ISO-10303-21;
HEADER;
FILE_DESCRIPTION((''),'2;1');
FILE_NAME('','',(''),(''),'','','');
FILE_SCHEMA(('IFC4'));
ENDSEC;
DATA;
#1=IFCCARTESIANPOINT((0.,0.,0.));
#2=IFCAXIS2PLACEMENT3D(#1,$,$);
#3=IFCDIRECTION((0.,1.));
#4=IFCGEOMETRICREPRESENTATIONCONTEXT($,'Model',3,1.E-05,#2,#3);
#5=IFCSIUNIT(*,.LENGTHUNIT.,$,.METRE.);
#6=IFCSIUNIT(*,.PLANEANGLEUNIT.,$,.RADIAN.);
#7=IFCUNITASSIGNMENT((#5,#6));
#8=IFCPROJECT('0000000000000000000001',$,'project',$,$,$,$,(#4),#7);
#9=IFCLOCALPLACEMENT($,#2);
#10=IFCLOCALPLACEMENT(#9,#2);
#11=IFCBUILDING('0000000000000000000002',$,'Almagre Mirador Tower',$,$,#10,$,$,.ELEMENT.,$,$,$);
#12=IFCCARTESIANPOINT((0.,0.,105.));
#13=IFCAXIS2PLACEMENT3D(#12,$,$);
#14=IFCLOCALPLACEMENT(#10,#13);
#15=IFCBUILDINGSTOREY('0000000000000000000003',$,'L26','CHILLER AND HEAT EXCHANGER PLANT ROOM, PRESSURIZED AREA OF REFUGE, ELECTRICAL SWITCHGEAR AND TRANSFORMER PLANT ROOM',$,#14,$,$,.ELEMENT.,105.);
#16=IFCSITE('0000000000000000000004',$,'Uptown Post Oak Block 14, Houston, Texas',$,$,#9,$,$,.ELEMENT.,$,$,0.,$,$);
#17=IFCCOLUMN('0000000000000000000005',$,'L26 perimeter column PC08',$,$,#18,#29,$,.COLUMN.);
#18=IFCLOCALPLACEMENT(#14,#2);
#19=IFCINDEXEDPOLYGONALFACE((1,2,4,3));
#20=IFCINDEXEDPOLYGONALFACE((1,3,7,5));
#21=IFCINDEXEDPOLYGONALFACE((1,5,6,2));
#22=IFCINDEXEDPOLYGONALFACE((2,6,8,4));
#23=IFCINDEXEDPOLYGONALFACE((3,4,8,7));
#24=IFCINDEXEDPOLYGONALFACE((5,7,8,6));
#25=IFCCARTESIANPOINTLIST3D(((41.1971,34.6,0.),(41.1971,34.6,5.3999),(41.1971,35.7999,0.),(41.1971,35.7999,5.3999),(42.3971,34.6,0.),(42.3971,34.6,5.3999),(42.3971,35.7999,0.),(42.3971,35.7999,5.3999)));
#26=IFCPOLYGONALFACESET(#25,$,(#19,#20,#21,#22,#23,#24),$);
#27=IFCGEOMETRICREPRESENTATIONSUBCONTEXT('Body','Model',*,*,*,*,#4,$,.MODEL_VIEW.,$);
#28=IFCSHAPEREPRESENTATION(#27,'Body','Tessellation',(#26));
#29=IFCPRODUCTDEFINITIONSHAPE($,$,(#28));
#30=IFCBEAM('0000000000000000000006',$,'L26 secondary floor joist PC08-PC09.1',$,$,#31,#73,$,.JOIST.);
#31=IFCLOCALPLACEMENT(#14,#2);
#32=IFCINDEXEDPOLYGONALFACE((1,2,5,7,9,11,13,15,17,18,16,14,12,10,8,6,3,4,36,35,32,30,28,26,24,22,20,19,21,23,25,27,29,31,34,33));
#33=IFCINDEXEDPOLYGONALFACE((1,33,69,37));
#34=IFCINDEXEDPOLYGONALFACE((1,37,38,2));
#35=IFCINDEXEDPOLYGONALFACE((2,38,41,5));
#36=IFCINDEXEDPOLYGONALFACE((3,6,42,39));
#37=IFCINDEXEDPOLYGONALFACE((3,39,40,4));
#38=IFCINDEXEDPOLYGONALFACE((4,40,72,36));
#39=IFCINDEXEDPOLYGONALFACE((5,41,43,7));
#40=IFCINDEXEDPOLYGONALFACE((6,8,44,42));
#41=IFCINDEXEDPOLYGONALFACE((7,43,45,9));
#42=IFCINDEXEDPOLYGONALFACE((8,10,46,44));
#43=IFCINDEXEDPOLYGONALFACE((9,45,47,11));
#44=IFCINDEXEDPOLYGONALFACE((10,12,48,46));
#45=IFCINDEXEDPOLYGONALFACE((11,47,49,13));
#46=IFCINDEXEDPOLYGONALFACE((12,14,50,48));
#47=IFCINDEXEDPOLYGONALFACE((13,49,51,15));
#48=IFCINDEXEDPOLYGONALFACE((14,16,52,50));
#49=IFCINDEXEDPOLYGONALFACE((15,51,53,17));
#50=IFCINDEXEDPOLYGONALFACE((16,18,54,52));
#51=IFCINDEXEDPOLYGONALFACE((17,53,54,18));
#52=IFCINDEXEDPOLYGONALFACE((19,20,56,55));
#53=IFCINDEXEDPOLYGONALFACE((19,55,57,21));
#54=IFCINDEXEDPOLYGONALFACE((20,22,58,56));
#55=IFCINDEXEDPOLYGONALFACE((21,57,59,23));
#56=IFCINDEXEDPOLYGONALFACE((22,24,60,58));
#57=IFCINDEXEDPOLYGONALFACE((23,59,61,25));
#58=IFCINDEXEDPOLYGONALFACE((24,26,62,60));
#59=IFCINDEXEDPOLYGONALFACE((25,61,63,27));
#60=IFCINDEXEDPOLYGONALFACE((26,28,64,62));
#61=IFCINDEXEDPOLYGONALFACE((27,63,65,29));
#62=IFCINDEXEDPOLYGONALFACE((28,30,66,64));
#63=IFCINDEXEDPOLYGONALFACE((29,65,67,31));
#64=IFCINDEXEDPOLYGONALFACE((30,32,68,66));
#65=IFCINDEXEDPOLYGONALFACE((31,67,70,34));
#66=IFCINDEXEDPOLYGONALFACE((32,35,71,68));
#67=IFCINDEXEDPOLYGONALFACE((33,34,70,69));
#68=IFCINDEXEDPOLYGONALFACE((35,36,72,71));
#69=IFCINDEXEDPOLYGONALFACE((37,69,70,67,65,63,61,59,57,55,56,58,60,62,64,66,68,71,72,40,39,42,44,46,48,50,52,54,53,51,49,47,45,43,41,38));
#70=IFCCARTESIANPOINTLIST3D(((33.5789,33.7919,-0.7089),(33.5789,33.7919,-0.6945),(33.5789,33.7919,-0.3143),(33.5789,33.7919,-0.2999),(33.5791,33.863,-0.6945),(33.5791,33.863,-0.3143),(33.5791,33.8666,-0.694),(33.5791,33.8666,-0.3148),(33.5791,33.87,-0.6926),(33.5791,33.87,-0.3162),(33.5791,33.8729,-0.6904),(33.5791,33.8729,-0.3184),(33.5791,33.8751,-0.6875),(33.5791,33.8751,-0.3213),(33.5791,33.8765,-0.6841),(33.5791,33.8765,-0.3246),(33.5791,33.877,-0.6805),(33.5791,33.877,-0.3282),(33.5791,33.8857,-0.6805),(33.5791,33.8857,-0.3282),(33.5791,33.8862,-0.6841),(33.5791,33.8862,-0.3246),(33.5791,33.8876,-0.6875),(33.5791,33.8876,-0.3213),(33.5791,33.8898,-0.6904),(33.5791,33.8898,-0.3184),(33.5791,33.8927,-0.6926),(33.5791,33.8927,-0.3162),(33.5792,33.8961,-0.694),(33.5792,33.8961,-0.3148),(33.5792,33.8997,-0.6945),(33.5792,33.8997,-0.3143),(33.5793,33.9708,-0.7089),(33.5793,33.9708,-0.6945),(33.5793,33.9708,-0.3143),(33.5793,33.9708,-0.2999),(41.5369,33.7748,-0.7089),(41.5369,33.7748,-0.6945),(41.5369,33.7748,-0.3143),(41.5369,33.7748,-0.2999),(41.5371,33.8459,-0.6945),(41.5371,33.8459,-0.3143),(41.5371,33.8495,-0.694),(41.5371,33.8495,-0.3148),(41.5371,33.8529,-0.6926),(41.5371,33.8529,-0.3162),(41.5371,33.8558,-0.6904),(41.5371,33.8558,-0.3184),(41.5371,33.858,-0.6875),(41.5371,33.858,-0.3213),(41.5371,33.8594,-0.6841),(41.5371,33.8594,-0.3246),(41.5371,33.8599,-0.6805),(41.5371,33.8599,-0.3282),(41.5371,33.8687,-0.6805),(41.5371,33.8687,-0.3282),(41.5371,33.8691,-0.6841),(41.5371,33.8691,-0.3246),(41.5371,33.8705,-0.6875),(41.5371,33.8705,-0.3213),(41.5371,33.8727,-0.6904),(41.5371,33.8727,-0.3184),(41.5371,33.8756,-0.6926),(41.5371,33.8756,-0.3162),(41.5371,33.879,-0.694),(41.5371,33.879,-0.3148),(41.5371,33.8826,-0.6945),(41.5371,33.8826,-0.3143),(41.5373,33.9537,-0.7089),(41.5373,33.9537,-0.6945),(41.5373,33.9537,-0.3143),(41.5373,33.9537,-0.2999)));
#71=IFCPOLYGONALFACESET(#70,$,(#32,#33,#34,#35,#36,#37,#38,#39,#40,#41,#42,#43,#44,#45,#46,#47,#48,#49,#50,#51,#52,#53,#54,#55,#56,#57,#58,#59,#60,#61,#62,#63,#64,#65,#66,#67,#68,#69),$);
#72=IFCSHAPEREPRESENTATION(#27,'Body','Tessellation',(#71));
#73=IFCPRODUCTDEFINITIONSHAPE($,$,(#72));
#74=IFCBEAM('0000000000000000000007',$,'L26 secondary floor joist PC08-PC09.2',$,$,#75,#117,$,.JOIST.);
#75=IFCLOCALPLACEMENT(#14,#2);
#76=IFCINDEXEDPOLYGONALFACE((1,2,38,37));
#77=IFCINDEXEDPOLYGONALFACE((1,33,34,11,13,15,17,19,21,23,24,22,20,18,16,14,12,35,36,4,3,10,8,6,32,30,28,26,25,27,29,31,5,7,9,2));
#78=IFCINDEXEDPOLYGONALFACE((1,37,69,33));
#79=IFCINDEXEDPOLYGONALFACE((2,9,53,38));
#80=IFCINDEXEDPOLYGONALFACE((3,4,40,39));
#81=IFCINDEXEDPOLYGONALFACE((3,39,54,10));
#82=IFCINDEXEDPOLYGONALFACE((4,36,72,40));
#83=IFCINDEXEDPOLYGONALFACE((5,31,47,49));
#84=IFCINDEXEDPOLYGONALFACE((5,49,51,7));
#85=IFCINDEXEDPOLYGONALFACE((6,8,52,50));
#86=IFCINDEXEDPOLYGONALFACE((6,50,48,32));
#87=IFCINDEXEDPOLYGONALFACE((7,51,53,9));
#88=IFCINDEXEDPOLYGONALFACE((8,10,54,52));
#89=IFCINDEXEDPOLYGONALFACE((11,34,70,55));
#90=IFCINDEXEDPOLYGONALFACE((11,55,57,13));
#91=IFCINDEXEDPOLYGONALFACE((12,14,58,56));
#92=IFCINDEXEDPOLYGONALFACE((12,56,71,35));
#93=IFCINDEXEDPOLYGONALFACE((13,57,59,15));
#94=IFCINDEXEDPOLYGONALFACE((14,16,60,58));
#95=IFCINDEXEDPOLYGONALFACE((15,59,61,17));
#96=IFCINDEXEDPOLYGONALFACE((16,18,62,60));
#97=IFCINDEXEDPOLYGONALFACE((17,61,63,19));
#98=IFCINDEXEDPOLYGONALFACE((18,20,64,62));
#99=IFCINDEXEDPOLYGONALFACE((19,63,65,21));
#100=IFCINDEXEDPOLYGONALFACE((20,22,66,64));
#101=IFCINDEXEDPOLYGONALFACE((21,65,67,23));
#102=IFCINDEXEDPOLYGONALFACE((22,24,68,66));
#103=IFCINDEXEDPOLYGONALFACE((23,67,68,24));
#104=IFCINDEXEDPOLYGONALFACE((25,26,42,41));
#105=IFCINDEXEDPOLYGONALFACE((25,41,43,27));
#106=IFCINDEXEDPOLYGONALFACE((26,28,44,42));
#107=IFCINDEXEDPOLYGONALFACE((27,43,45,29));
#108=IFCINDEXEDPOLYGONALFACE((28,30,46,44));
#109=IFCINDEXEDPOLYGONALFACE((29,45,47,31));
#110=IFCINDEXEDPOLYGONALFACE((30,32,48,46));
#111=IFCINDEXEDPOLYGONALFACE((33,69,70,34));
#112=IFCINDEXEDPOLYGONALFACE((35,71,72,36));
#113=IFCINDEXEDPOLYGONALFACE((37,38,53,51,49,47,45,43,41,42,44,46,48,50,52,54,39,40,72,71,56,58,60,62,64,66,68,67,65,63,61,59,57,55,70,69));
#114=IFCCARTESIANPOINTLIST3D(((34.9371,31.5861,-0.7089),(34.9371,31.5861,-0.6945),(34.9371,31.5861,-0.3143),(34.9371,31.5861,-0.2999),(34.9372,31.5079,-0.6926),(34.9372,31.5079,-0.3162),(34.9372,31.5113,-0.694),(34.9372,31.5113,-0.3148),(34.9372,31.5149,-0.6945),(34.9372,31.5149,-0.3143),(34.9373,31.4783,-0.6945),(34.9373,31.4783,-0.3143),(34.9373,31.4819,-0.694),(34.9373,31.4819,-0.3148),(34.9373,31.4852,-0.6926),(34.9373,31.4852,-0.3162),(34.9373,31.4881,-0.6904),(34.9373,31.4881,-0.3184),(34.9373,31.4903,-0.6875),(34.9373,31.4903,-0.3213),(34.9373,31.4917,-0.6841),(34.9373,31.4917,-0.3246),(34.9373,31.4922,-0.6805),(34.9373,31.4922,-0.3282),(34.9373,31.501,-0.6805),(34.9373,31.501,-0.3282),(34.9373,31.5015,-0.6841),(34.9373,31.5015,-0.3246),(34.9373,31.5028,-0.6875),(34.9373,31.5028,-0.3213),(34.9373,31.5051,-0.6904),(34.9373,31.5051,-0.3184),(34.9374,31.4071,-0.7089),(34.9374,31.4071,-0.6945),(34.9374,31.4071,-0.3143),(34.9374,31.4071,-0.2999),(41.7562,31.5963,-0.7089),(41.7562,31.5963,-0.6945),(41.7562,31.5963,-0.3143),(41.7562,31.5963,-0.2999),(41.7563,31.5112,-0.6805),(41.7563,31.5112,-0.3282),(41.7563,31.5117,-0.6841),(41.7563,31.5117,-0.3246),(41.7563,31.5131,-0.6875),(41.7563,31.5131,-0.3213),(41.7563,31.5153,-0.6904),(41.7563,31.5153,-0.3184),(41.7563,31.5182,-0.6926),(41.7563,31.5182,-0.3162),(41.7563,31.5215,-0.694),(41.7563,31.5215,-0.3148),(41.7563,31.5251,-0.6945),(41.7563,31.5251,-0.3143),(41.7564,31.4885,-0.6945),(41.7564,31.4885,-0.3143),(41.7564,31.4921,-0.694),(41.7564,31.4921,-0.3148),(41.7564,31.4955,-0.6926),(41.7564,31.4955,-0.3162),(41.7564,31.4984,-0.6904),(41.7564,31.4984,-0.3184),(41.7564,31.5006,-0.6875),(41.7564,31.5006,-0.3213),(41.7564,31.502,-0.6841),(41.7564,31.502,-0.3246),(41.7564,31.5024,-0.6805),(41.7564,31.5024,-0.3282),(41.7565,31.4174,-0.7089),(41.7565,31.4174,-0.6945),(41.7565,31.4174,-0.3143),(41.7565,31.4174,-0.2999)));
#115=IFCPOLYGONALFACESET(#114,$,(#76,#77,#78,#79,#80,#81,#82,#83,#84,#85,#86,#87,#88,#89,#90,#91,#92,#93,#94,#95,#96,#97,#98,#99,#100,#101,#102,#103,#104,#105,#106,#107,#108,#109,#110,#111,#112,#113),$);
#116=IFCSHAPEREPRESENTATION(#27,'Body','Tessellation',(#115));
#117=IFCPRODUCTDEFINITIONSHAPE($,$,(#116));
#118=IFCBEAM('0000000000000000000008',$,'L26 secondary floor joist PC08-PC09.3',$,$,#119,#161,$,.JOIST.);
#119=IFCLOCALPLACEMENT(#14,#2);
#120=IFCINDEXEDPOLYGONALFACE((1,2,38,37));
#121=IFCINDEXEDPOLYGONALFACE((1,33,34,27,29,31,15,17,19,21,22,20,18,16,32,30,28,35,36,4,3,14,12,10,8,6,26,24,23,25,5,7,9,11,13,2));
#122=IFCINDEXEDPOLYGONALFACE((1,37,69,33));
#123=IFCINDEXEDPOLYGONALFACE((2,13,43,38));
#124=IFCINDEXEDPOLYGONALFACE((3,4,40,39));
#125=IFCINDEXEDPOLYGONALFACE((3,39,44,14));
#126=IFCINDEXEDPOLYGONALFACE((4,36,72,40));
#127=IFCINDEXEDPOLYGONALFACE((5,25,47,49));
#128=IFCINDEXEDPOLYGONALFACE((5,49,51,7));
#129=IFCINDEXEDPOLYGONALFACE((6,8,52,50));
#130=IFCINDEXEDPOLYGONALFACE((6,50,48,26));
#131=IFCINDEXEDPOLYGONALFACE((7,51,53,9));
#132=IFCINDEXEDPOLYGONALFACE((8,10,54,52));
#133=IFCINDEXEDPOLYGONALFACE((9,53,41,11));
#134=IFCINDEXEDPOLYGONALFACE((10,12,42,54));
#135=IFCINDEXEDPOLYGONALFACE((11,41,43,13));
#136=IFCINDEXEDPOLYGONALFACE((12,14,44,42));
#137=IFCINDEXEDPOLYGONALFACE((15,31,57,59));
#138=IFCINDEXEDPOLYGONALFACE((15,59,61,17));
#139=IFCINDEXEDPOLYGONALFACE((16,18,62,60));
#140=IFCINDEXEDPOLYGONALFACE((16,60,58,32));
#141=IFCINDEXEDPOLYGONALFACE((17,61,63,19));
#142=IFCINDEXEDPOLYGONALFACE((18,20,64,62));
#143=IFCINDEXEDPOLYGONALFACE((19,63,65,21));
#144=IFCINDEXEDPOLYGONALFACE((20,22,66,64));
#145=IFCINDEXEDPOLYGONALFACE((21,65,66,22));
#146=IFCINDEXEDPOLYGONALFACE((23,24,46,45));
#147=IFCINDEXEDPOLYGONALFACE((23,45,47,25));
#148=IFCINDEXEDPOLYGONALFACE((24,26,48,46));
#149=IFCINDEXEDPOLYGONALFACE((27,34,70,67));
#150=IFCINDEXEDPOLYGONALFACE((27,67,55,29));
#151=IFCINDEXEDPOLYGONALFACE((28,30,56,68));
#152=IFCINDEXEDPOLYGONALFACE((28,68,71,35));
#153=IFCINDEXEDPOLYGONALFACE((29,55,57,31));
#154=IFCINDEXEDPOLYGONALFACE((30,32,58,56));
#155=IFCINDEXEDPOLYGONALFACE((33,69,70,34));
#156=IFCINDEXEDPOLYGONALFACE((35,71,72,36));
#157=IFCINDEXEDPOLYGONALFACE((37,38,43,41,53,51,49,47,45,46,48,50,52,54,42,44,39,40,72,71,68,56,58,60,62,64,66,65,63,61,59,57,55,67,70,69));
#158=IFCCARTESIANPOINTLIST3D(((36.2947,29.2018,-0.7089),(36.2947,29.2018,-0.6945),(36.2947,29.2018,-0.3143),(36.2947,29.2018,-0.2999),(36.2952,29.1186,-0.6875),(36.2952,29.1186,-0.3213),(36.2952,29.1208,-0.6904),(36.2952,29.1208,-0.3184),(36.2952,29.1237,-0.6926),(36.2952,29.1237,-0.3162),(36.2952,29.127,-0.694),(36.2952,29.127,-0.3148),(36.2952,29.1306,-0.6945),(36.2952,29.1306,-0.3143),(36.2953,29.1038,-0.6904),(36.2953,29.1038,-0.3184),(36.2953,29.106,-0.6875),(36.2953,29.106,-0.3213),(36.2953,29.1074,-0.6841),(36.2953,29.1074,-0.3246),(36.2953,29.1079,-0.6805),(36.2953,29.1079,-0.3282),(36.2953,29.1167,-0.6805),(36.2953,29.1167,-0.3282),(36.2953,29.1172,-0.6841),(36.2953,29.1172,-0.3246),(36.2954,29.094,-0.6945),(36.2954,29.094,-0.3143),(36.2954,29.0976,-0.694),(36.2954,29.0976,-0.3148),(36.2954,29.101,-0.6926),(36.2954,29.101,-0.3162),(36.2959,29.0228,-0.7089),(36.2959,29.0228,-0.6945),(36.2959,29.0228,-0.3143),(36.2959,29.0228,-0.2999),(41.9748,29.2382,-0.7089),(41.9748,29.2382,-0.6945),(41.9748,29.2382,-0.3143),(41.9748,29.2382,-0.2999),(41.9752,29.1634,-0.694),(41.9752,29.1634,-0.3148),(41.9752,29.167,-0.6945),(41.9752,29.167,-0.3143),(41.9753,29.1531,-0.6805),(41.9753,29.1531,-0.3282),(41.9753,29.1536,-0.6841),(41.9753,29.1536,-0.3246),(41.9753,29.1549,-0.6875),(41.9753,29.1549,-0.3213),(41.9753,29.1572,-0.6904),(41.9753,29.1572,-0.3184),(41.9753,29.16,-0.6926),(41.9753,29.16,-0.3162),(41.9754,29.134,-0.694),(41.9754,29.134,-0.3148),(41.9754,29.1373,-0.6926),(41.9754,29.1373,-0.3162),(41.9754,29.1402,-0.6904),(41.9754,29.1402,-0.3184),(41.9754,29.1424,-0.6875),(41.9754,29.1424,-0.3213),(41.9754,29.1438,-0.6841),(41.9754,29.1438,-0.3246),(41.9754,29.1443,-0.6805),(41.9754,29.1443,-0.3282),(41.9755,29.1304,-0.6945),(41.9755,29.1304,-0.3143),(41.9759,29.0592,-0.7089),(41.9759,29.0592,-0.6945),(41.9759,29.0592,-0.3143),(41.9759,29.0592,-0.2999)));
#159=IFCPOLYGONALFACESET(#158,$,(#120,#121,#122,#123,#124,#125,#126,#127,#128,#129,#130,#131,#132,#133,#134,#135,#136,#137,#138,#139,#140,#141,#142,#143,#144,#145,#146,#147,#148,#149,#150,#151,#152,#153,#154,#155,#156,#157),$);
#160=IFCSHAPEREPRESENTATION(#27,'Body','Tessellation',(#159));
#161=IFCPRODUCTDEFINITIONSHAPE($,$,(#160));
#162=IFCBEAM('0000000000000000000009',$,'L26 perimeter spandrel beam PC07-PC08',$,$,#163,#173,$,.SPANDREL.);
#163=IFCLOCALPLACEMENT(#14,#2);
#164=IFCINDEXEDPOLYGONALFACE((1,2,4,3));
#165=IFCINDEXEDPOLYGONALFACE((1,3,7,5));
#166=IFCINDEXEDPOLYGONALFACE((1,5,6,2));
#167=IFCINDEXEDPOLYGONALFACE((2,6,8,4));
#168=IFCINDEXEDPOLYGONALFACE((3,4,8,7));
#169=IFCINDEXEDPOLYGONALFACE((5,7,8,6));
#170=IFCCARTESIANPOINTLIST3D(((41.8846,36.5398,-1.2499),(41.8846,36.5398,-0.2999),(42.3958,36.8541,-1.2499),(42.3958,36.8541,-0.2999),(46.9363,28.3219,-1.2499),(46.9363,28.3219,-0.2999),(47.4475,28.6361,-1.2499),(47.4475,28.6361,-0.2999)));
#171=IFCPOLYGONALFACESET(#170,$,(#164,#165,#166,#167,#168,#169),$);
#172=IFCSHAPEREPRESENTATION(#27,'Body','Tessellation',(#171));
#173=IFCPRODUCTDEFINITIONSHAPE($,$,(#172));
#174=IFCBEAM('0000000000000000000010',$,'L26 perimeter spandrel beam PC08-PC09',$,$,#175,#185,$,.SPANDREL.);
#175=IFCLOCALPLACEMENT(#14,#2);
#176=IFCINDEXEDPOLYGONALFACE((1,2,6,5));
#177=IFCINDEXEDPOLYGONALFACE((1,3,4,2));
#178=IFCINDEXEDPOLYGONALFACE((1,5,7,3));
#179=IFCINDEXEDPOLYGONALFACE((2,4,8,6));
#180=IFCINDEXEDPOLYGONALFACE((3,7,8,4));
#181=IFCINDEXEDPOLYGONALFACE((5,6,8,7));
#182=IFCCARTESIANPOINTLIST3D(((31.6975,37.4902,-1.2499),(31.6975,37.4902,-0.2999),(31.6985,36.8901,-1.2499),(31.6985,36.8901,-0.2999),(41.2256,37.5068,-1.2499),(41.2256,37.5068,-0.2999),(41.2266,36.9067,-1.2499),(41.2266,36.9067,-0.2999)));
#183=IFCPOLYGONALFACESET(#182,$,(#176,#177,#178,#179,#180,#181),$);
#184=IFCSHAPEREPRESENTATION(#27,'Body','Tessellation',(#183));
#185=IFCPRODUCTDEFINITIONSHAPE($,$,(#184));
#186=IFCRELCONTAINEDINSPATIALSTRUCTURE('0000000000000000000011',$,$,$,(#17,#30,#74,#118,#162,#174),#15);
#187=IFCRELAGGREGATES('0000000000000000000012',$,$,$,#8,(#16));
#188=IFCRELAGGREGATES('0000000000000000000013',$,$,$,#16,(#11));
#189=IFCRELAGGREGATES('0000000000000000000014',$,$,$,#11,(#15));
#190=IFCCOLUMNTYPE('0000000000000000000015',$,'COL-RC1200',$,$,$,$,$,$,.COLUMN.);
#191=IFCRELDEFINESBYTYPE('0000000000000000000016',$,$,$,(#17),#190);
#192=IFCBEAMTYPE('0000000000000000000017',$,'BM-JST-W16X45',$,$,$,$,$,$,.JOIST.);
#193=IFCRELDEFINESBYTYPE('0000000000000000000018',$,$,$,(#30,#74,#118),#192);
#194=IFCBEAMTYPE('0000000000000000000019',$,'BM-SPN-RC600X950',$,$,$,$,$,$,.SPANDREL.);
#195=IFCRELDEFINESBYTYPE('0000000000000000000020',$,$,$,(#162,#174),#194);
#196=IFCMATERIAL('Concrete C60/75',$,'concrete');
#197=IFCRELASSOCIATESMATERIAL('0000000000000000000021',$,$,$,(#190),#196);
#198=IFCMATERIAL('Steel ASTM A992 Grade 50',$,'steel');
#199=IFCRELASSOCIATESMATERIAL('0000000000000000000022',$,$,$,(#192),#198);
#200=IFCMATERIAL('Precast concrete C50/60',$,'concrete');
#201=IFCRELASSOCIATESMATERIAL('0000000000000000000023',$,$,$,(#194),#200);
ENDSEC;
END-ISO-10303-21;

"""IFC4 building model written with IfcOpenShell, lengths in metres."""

from ifc_helpers import new_model, si_unit, direction, frame, origin, origin_2d, place, context, subcontext, project, spatial, rectangle, i_section, extrude, material, material_profile, profile_set, type_object, element, save


model = new_model("IFC4")

# Units and contexts
model_context = context("Model", 3, precision=1e-05, world=origin(), true_north=direction((0.0, 1.0)))
body_context = subcontext(model_context, "Body", "Model", "MODEL_VIEW")
ifc_project = project(units=[si_unit("LENGTHUNIT", "METRE"), si_unit("PLANEANGLEUNIT", "RADIAN")], contexts=[model_context])

# Site, building, storey
site_placement = place(None, origin())
site = spatial("IfcSite", under=ifc_project, at=site_placement, Name="Uptown Post Oak Block 14, Houston, Texas", CompositionType="ELEMENT", RefElevation=0.0)
building_placement = place(site_placement, origin())
building = spatial("IfcBuilding", under=site, at=building_placement, Name="Almagre Mirador Tower", CompositionType="ELEMENT")
storey_placement = place(building_placement, frame((0.0, 0.0, 105.0)))
storey = spatial("IfcBuildingStorey", under=building, at=storey_placement, Name="L26", Description="CHILLER AND HEAT EXCHANGER PLANT ROOM, PRESSURIZED AREA OF REFUGE, ELECTRICAL SWITCHGEAR AND TRANSFORMER PLANT ROOM", CompositionType="ELEMENT", Elevation=105.0)

# Column
ifc_material_1 = material(Name="Concrete C60/75", Category="concrete")
ifc_material_profile_1 = material_profile(ifc_material_1, rectangle(XDim=1.2, YDim=1.2, at=origin_2d()), Name="RC1200X1200")
ifc_profile_set_1 = profile_set([ifc_material_profile_1], Name="Concrete C60/75")
column_type = type_object("IfcColumnType", Name="COL-RC1200", PredefinedType="COLUMN", material=ifc_profile_set_1)
column_placement = place(storey_placement, frame((41.7971, 35.2, 0.0), z_axis=(0.0, 0.0, 1.0), x_axis=(1.0, 0.0, 0.0)))
element("IfcColumn", 1, at=column_placement, inside=storey, type_object=column_type, Name="L26 perimeter column PC08", PredefinedType="COLUMN", context=body_context, shape_type="SweptSolid", body=[
    extrude(rectangle(XDim=1.2, YDim=1.2, at=origin_2d()), origin(), (0.0, 0.0, 1.0), 5.3999),
])

# Beams
ifc_material_2 = material(Name="Steel ASTM A992 Grade 50", Category="steel")
ifc_material_profile_2 = material_profile(ifc_material_2, i_section(OverallWidth=0.179, OverallDepth=0.4089, WebThickness=0.0088, FlangeThickness=0.0144, FilletRadius=0.0139, at=origin_2d()), Name="W16X45")
ifc_profile_set_2 = profile_set([ifc_material_profile_2], Name="Steel ASTM A992 Grade 50")
beam_type_1 = type_object("IfcBeamType", Name="BM-JST-W16X45", PredefinedType="JOIST", material=ifc_profile_set_2)
beam_1_placement = place(storey_placement, frame((41.5371, 33.8643, -0.5044), z_axis=(-0.999998, 0.002147, 0.0), x_axis=(-0.002147, -0.999998, 0.0)))
element("IfcBeam", 2, at=beam_1_placement, inside=storey, type_object=beam_type_1, Name="L26 secondary floor joist PC08-PC09.1", PredefinedType="JOIST", context=body_context, shape_type="SweptSolid", body=[
    extrude(i_section(OverallWidth=0.179, OverallDepth=0.4089, WebThickness=0.0088, FlangeThickness=0.0144, FilletRadius=0.0139, at=origin_2d()), origin(), (0.0, 0.0, 1.0), 7.958),
])
beam_2_placement = place(storey_placement, frame((41.7563, 31.5068, -0.5044), z_axis=(-0.999999, -0.001504, 0.0), x_axis=(0.001504, -0.999999, 0.0)))
element("IfcBeam", 3, at=beam_2_placement, inside=storey, type_object=beam_type_1, Name="L26 secondary floor joist PC08-PC09.2", PredefinedType="JOIST", context=body_context, shape_type="SweptSolid", body=[
    extrude(i_section(OverallWidth=0.179, OverallDepth=0.4089, WebThickness=0.0088, FlangeThickness=0.0144, FilletRadius=0.0139, at=origin_2d()), origin(), (0.0, 0.0, 1.0), 6.8191),
])
beam_3_placement = place(storey_placement, frame((41.9753, 29.1487, -0.5044), z_axis=(-0.999979, -0.006404, 0.0), x_axis=(0.006404, -0.999979, 0.0)))
element("IfcBeam", 4, at=beam_3_placement, inside=storey, type_object=beam_type_1, Name="L26 secondary floor joist PC08-PC09.3", PredefinedType="JOIST", context=body_context, shape_type="SweptSolid", body=[
    extrude(i_section(OverallWidth=0.179, OverallDepth=0.4089, WebThickness=0.0088, FlangeThickness=0.0144, FilletRadius=0.0139, at=origin_2d()), origin(), (0.0, 0.0, 1.0), 5.6802),
])
ifc_material_3 = material(Name="Precast concrete C50/60", Category="concrete")
ifc_material_profile_3 = material_profile(ifc_material_3, rectangle(XDim=0.6001, YDim=0.95, at=origin_2d()), Name="RC600X950")
ifc_profile_set_3 = profile_set([ifc_material_profile_3], Name="Precast concrete C50/60")
beam_type_2 = type_object("IfcBeamType", Name="BM-SPN-RC600X950", PredefinedType="SPANDREL", material=ifc_profile_set_3)
beam_4_placement = place(storey_placement, frame((47.1919, 28.479, -0.7749), z_axis=(-0.523685, 0.851912, 0.0), x_axis=(-0.851912, -0.523685, 0.0)))
element("IfcBeam", 5, at=beam_4_placement, inside=storey, type_object=beam_type_2, Name="L26 perimeter spandrel beam PC07-PC08", PredefinedType="SPANDREL", context=body_context, shape_type="SweptSolid", body=[
    extrude(rectangle(XDim=0.6001, YDim=0.95, at=origin_2d()), origin(), (0.0, 0.0, 1.0), 9.6465),
])
beam_5_placement = place(storey_placement, frame((41.2261, 37.2068, -0.7749), z_axis=(-0.999998, -0.001742, 0.0), x_axis=(0.001742, -0.999998, 0.0)))
element("IfcBeam", 6, at=beam_5_placement, inside=storey, type_object=beam_type_2, Name="L26 perimeter spandrel beam PC08-PC09", PredefinedType="SPANDREL", context=body_context, shape_type="SweptSolid", body=[
    extrude(rectangle(XDim=0.6001, YDim=0.95, at=origin_2d()), origin(), (0.0, 0.0, 1.0), 9.5281),
])

save(model, "model.ifc")
